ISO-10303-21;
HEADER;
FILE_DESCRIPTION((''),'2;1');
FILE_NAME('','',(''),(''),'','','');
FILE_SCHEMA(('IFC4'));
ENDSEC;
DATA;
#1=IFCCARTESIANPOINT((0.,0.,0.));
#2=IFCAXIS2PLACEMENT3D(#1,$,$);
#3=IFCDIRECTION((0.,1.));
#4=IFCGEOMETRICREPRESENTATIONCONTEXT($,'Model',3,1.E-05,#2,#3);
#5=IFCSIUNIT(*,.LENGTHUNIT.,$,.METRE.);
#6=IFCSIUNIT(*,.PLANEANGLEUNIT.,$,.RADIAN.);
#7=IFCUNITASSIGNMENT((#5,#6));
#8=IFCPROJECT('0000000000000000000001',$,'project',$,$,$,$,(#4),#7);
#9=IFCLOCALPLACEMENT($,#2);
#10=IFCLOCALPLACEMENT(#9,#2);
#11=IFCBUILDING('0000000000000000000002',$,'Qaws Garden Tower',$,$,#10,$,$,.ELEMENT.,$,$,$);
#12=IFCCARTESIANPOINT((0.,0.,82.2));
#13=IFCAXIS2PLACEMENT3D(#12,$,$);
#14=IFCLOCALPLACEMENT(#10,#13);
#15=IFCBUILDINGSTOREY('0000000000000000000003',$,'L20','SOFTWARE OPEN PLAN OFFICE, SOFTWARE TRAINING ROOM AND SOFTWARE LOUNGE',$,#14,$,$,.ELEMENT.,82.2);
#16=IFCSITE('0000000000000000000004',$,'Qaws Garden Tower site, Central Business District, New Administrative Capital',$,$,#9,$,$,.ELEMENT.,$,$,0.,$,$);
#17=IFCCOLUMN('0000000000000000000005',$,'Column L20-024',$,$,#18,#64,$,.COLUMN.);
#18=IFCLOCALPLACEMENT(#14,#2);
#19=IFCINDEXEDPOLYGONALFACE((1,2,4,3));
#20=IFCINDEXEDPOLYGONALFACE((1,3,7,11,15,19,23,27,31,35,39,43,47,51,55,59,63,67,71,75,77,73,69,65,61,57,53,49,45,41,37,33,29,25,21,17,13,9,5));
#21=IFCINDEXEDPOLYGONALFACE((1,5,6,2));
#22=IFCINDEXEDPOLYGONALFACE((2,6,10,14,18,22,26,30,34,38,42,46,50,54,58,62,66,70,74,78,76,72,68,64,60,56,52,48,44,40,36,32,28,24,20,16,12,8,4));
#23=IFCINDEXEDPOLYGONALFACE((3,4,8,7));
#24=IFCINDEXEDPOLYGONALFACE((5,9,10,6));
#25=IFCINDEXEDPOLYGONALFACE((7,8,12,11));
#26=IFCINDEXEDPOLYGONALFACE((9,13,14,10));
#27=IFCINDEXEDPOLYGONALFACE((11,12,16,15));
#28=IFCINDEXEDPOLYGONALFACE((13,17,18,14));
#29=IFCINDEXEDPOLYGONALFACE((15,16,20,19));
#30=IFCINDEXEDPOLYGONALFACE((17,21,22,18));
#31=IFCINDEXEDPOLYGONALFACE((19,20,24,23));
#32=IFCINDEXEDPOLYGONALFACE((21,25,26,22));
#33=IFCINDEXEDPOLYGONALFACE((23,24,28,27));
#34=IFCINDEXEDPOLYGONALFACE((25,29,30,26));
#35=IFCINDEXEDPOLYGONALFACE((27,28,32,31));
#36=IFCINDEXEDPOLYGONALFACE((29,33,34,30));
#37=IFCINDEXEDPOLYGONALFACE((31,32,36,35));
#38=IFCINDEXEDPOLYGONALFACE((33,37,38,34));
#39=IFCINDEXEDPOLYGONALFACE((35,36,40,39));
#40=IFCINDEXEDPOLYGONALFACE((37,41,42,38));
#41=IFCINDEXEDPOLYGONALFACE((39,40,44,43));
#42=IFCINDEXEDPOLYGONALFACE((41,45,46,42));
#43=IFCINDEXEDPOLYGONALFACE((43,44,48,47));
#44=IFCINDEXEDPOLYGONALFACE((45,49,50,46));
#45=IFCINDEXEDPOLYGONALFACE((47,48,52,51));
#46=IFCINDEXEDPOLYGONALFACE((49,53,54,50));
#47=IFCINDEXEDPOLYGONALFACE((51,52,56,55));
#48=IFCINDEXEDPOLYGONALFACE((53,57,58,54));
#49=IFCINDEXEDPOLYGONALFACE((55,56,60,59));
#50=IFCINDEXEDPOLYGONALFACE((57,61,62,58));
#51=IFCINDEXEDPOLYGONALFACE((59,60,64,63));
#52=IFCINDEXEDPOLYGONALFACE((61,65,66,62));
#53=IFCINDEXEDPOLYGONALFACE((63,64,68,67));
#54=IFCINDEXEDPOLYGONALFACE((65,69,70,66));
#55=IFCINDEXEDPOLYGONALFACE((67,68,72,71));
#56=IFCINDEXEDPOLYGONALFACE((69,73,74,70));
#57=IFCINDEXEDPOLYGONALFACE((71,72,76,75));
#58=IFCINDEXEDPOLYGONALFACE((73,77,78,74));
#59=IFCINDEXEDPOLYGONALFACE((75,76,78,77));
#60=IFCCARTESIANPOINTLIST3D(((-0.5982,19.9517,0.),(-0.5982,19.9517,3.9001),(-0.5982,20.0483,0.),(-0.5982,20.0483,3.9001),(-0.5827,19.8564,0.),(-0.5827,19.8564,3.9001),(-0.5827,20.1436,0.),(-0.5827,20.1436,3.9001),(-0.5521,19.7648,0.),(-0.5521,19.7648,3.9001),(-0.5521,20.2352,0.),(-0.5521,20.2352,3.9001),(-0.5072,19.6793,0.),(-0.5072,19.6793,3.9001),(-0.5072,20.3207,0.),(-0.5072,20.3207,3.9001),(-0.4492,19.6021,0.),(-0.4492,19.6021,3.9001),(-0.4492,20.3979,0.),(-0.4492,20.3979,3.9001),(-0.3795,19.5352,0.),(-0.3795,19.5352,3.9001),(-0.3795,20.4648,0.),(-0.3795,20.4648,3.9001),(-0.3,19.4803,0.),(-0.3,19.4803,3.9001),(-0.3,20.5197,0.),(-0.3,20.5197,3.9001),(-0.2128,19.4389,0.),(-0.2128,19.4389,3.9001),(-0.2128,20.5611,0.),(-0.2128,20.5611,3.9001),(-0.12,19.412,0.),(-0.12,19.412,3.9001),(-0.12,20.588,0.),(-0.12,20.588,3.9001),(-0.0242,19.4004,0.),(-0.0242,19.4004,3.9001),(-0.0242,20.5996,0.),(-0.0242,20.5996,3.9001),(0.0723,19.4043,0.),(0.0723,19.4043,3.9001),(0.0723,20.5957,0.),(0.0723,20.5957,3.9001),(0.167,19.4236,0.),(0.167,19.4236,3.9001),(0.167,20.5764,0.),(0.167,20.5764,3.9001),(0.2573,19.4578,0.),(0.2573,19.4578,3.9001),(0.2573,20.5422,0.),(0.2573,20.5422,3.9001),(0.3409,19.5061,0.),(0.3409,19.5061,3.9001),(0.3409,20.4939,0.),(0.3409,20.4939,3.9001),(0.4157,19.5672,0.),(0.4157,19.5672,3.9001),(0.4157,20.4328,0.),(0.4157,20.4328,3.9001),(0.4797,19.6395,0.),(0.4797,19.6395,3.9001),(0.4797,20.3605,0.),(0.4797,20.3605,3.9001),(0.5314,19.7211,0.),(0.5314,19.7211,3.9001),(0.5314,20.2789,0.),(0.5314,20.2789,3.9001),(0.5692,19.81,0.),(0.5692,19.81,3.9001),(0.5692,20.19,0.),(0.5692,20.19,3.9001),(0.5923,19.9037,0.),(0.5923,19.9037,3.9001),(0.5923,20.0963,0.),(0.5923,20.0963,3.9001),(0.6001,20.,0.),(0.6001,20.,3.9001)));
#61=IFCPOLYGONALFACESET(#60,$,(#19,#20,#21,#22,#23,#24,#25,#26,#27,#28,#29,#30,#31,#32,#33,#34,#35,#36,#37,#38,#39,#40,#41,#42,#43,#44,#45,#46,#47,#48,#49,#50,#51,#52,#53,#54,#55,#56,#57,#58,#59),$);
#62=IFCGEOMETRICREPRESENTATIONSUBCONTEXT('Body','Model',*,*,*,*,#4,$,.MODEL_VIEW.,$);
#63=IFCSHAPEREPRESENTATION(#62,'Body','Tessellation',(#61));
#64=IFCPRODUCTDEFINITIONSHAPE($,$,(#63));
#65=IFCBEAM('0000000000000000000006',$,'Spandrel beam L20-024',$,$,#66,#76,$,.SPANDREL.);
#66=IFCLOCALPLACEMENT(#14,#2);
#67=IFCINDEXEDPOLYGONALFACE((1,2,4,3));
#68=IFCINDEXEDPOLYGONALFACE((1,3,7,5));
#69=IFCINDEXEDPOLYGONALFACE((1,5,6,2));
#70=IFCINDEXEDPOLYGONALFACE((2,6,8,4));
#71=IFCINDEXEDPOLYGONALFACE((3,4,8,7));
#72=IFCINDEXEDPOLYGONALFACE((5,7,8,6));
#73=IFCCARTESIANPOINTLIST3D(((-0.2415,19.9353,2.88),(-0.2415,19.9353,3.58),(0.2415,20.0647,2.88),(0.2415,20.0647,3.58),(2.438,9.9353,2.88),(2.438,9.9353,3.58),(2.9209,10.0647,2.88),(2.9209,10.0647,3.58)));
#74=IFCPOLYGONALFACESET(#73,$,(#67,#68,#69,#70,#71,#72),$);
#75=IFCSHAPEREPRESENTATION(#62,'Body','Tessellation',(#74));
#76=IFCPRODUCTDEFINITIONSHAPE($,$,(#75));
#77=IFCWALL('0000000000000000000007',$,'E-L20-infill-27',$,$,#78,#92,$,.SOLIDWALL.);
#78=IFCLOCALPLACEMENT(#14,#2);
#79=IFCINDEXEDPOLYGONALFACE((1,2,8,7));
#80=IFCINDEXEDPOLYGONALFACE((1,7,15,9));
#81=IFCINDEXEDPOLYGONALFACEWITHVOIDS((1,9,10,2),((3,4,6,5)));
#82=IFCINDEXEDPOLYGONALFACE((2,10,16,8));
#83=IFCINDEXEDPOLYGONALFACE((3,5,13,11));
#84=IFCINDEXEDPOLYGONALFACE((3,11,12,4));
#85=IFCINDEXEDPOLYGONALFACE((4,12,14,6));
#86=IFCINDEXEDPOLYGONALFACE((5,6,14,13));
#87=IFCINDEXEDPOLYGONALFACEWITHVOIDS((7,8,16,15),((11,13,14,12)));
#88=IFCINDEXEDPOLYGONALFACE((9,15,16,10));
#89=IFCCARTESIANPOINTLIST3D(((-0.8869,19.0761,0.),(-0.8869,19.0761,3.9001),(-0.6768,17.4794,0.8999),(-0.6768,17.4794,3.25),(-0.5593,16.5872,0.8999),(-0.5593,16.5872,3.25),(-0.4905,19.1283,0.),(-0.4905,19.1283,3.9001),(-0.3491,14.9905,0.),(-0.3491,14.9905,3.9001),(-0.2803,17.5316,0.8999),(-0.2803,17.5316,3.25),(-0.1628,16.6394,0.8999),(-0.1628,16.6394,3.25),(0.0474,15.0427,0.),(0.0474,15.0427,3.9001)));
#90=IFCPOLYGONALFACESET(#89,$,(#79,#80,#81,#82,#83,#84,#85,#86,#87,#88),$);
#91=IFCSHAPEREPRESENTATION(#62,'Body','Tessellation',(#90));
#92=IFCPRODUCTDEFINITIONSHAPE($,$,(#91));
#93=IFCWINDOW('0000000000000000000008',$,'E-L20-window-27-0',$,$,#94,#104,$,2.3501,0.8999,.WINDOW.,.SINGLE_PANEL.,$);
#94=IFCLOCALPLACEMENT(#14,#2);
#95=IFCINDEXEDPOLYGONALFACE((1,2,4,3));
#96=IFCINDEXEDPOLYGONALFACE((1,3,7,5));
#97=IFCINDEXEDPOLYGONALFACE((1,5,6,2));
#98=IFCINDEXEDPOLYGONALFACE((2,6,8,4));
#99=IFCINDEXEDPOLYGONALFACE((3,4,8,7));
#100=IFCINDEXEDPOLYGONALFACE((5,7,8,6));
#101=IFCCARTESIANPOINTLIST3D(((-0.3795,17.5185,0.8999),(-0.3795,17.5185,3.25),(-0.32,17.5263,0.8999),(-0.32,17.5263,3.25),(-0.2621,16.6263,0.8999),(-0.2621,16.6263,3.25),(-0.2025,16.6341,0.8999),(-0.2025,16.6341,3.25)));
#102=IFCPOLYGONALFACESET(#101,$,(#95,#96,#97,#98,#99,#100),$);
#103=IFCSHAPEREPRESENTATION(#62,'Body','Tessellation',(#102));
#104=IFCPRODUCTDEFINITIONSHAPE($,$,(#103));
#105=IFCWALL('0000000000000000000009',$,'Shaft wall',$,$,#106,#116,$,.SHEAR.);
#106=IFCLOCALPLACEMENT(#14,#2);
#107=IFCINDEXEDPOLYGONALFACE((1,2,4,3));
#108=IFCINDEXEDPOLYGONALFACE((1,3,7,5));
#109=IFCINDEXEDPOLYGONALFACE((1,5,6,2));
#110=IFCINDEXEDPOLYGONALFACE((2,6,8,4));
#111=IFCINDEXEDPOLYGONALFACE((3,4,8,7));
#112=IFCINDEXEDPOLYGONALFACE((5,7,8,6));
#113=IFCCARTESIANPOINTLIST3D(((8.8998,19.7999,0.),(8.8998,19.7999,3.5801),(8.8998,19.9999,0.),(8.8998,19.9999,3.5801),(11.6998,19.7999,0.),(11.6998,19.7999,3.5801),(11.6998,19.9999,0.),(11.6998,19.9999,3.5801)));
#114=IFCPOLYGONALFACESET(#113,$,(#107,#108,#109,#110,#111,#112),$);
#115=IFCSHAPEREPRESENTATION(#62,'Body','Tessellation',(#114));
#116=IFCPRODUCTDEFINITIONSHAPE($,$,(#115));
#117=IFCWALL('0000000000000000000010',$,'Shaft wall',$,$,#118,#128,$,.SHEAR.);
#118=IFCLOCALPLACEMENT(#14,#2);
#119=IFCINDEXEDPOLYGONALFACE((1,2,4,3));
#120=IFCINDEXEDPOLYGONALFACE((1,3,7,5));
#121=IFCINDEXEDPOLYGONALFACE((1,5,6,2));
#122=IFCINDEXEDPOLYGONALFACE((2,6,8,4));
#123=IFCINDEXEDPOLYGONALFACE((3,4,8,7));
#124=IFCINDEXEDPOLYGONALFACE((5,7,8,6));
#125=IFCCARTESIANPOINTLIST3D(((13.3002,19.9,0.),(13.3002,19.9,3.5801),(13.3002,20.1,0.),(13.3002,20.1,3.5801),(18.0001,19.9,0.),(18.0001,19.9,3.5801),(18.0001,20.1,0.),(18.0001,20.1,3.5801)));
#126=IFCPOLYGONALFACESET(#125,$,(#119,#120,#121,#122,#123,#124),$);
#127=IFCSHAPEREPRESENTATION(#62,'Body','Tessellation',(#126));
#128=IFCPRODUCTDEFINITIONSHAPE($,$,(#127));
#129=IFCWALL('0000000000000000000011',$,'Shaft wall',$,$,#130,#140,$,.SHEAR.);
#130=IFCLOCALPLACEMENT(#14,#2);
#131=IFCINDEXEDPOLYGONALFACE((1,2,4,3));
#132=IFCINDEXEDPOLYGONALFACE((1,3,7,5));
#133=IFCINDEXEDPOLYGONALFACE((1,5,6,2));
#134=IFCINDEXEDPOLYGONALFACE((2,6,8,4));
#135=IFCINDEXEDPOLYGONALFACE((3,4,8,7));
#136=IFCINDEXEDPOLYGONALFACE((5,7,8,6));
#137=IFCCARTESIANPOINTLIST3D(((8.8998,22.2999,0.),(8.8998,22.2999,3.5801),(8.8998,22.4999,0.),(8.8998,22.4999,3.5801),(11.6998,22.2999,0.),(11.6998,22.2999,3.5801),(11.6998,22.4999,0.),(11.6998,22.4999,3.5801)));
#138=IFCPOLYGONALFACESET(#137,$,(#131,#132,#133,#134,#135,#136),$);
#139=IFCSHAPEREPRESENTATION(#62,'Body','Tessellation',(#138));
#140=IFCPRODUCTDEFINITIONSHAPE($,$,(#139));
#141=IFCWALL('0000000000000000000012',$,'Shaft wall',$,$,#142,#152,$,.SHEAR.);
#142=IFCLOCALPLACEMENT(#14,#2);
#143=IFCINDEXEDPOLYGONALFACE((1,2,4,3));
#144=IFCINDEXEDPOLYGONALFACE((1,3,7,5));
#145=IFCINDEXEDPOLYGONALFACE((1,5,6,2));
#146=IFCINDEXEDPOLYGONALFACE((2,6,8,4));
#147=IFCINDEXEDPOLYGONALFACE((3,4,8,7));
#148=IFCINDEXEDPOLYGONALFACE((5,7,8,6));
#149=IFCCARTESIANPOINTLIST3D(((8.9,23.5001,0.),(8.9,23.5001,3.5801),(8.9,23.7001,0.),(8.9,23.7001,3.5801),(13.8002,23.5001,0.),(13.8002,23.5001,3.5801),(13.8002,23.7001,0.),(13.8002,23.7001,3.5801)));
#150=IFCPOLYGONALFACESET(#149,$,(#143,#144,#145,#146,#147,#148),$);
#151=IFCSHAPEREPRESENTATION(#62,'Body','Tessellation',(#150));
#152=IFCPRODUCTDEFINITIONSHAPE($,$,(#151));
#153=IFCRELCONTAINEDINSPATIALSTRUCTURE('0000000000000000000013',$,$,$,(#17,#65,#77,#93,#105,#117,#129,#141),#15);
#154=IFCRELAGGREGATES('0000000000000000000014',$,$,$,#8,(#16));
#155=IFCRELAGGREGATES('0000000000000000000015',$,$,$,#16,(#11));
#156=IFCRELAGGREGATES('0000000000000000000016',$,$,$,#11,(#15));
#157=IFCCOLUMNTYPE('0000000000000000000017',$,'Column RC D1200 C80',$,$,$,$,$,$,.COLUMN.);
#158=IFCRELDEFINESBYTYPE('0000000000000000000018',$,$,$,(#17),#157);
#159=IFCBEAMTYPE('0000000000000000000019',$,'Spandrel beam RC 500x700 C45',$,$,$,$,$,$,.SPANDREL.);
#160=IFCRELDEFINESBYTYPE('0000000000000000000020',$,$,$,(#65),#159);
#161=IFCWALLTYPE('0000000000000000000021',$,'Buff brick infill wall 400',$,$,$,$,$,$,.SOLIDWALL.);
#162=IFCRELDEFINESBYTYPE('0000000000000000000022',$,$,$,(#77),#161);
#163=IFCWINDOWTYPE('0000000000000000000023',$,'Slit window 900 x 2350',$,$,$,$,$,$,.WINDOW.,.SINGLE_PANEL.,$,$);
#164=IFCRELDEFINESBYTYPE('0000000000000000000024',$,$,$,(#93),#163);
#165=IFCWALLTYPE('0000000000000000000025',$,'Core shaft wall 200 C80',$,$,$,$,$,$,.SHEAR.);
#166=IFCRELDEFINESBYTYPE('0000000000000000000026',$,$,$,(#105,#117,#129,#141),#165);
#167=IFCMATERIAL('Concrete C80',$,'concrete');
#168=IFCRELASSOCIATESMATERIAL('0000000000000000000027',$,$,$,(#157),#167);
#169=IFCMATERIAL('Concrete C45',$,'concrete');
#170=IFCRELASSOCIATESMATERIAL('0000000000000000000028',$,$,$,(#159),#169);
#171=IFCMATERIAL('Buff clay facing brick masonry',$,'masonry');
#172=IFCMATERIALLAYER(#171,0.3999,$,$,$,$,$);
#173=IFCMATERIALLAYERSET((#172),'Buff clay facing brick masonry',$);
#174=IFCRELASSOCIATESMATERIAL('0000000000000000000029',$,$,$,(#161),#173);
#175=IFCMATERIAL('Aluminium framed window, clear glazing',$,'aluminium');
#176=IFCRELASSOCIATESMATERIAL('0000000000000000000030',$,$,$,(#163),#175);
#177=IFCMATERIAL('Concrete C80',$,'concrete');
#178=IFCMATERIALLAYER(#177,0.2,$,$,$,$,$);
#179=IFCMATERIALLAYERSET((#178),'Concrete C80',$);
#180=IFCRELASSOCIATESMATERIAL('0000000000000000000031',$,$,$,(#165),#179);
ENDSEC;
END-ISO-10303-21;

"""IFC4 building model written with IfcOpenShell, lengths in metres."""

from ifc_helpers import new_model, si_unit, direction, frame, frame_2d, origin, origin_2d, place, context, subcontext, project, spatial, rectangle, circle, extrude, material, layer, layer_set, material_profile, profile_set, type_object, element, fill, save


model = new_model("IFC4")

# Units and contexts
model_context = context("Model", 3, precision=1e-05, world=origin(), true_north=direction((0.0, 1.0)))
body_context = subcontext(model_context, "Body", "Model", "MODEL_VIEW")
ifc_project = project(units=[si_unit("LENGTHUNIT", "METRE"), si_unit("PLANEANGLEUNIT", "RADIAN")], contexts=[model_context])

# Site, building, storey
site_placement = place(None, origin())
site = spatial("IfcSite", under=ifc_project, at=site_placement, Name="Qaws Garden Tower site, Central Business District, New Administrative Capital", CompositionType="ELEMENT", RefElevation=0.0)
building_placement = place(site_placement, origin())
building = spatial("IfcBuilding", under=site, at=building_placement, Name="Qaws Garden Tower", CompositionType="ELEMENT")
storey_placement = place(building_placement, frame((0.0, 0.0, 82.2)))
storey = spatial("IfcBuildingStorey", under=building, at=storey_placement, Name="L20", Description="SOFTWARE OPEN PLAN OFFICE, SOFTWARE TRAINING ROOM AND SOFTWARE LOUNGE", CompositionType="ELEMENT", Elevation=82.2)

# Column
ifc_material_1 = material(Name="Concrete C80", Category="concrete")
ifc_material_profile_1 = material_profile(ifc_material_1, circle(Radius=0.6001, at=origin_2d()), Name="RC D1200")
ifc_profile_set_1 = profile_set([ifc_material_profile_1], Name="Concrete C80")
column_type = type_object("IfcColumnType", Name="Column RC D1200 C80", PredefinedType="COLUMN", material=ifc_profile_set_1)
column_placement = place(storey_placement, frame((0.0, 20.0, 0.0), z_axis=(0.0, 0.0, 1.0), x_axis=(1.0, 0.0, 0.0)))
element("IfcColumn", 1, at=column_placement, inside=storey, type_object=column_type, Name="Column L20-024", PredefinedType="COLUMN", context=body_context, shape_type="SweptSolid", body=[
    extrude(circle(Radius=0.6001, at=origin_2d()), origin(), (0.0, 0.0, 1.0), 3.9001),
])

# Beam
ifc_material_2 = material(Name="Concrete C45", Category="concrete")
ifc_material_profile_2 = material_profile(ifc_material_2, rectangle(XDim=0.5, YDim=0.7, at=origin_2d()), Name="RC 500x700")
ifc_profile_set_2 = profile_set([ifc_material_profile_2], Name="Concrete C45")
beam_type = type_object("IfcBeamType", Name="Spandrel beam RC 500x700 C45", PredefinedType="SPANDREL", material=ifc_profile_set_2)
beam_placement = place(storey_placement, frame((0.0, 20.0, 3.23), z_axis=(0.258815, -0.965927, 0.0), x_axis=(0.965927, 0.258815, 0.0)))
element("IfcBeam", 2, at=beam_placement, inside=storey, type_object=beam_type, Name="Spandrel beam L20-024", PredefinedType="SPANDREL", context=body_context, shape_type="SweptSolid", body=[
    extrude(rectangle(XDim=0.5, YDim=0.7, at=origin_2d()), origin(), (0.0, 0.0, 1.0), 10.3528),
])

# Wall, opening, window
ifc_material_3 = material(Name="Buff clay facing brick masonry", Category="masonry")
ifc_layer_1 = layer(ifc_material_3, 0.3999)
ifc_layer_set_1 = layer_set([ifc_layer_1], Name="Buff clay facing brick masonry")
wall_type_1 = type_object("IfcWallType", Name="Buff brick infill wall 400", PredefinedType="SOLIDWALL", material=ifc_layer_set_1)
wall_1_placement = place(storey_placement, frame((-0.6887, 19.1023, 0.0), z_axis=(0.0, 0.0, 1.0), x_axis=(0.130514, -0.991446, 0.0)))
wall_1 = element("IfcWall", 3, at=wall_1_placement, inside=storey, type_object=wall_type_1, Name="E-L20-infill-27", PredefinedType="SOLIDWALL", context=body_context, shape_type="SweptSolid", body=[
    extrude(rectangle(XDim=4.1208, YDim=0.3999, at=frame_2d((2.0605, 0.0))), origin(), (0.0, 0.0, 1.0), 3.9001),
])
opening_1_placement = place(wall_1_placement, frame((1.6106, 0.0, 0.8999)))
opening_1 = element("IfcOpeningElement", 4, at=opening_1_placement, cuts=wall_1, PredefinedType="OPENING", context=body_context, shape_type="SweptSolid", body=[
    extrude(rectangle(XDim=0.8999, YDim=2.3501, at=frame_2d((0.45, 1.175))), frame((0.0, 0.21, 0.0), z_axis=(0.0, -1.0, 0.0), x_axis=(1.0, 0.0, 0.0)), (0.0, 0.0, 1.0), 0.4199),
])
ifc_material_4 = material(Name="Aluminium framed window, clear glazing", Category="aluminium")
window_type = type_object("IfcWindowType", Name="Slit window 900 x 2350", PartitioningType="SINGLE_PANEL", PredefinedType="WINDOW", material=ifc_material_4)
window_placement = place(opening_1_placement, origin())
window = element("IfcWindow", 5, at=window_placement, inside=storey, type_object=window_type, Name="E-L20-window-27-0", OverallHeight=2.3501, OverallWidth=0.8999, PartitioningType="SINGLE_PANEL", PredefinedType="WINDOW", context=body_context, shape_type="SweptSolid", body=[
    extrude(rectangle(XDim=0.8999, YDim=2.3501, at=frame_2d((0.45, 1.175))), frame((0.0, 0.1599, 0.0), z_axis=(0.0, -1.0, 0.0), x_axis=(1.0, 0.0, 0.0)), (0.0, 0.0, 1.0), 0.0601),
])
fill(opening_1, window)

# Walls
ifc_material_5 = material(Name="Concrete C80", Category="concrete")
ifc_layer_2 = layer(ifc_material_5, 0.2)
ifc_layer_set_2 = layer_set([ifc_layer_2], Name="Concrete C80")
wall_type_2 = type_object("IfcWallType", Name="Core shaft wall 200 C80", PredefinedType="SHEAR", material=ifc_layer_set_2)
wall_2_placement = place(storey_placement, frame((8.8999, 19.8999, 0.0), z_axis=(0.0, 0.0, 1.0), x_axis=(1.0, 0.0, 0.0)))
element("IfcWall", 6, at=wall_2_placement, inside=storey, type_object=wall_type_2, Name="Shaft wall", PredefinedType="SHEAR", context=body_context, shape_type="SweptSolid", body=[
    extrude(rectangle(XDim=2.8, YDim=0.2, at=frame_2d((1.3999, 0.0))), origin(), (0.0, 0.0, 1.0), 3.5801),
])
wall_3_placement = place(storey_placement, frame((13.3, 20.0, 0.0), z_axis=(0.0, 0.0, 1.0), x_axis=(1.0, 0.0, 0.0)))
element("IfcWall", 7, at=wall_3_placement, inside=storey, type_object=wall_type_2, Name="Shaft wall", PredefinedType="SHEAR", context=body_context, shape_type="SweptSolid", body=[
    extrude(rectangle(XDim=4.7, YDim=0.2, at=frame_2d((2.3501, 0.0))), origin(), (0.0, 0.0, 1.0), 3.5801),
])
wall_4_placement = place(storey_placement, frame((8.8999, 22.3999, 0.0), z_axis=(0.0, 0.0, 1.0), x_axis=(1.0, 0.0, 0.0)))
element("IfcWall", 8, at=wall_4_placement, inside=storey, type_object=wall_type_2, Name="Shaft wall", PredefinedType="SHEAR", context=body_context, shape_type="SweptSolid", body=[
    extrude(rectangle(XDim=2.8, YDim=0.2, at=frame_2d((1.3999, 0.0))), origin(), (0.0, 0.0, 1.0), 3.5801),
])
wall_5_placement = place(storey_placement, frame((8.8999, 23.6001, 0.0), z_axis=(0.0, 0.0, 1.0), x_axis=(1.0, 0.0, 0.0)))
element("IfcWall", 9, at=wall_5_placement, inside=storey, type_object=wall_type_2, Name="Shaft wall", PredefinedType="SHEAR", context=body_context, shape_type="SweptSolid", body=[
    extrude(rectangle(XDim=4.9001, YDim=0.2, at=frame_2d((2.4502, 0.0))), origin(), (0.0, 0.0, 1.0), 3.5801),
])

save(model, "model.ifc")
